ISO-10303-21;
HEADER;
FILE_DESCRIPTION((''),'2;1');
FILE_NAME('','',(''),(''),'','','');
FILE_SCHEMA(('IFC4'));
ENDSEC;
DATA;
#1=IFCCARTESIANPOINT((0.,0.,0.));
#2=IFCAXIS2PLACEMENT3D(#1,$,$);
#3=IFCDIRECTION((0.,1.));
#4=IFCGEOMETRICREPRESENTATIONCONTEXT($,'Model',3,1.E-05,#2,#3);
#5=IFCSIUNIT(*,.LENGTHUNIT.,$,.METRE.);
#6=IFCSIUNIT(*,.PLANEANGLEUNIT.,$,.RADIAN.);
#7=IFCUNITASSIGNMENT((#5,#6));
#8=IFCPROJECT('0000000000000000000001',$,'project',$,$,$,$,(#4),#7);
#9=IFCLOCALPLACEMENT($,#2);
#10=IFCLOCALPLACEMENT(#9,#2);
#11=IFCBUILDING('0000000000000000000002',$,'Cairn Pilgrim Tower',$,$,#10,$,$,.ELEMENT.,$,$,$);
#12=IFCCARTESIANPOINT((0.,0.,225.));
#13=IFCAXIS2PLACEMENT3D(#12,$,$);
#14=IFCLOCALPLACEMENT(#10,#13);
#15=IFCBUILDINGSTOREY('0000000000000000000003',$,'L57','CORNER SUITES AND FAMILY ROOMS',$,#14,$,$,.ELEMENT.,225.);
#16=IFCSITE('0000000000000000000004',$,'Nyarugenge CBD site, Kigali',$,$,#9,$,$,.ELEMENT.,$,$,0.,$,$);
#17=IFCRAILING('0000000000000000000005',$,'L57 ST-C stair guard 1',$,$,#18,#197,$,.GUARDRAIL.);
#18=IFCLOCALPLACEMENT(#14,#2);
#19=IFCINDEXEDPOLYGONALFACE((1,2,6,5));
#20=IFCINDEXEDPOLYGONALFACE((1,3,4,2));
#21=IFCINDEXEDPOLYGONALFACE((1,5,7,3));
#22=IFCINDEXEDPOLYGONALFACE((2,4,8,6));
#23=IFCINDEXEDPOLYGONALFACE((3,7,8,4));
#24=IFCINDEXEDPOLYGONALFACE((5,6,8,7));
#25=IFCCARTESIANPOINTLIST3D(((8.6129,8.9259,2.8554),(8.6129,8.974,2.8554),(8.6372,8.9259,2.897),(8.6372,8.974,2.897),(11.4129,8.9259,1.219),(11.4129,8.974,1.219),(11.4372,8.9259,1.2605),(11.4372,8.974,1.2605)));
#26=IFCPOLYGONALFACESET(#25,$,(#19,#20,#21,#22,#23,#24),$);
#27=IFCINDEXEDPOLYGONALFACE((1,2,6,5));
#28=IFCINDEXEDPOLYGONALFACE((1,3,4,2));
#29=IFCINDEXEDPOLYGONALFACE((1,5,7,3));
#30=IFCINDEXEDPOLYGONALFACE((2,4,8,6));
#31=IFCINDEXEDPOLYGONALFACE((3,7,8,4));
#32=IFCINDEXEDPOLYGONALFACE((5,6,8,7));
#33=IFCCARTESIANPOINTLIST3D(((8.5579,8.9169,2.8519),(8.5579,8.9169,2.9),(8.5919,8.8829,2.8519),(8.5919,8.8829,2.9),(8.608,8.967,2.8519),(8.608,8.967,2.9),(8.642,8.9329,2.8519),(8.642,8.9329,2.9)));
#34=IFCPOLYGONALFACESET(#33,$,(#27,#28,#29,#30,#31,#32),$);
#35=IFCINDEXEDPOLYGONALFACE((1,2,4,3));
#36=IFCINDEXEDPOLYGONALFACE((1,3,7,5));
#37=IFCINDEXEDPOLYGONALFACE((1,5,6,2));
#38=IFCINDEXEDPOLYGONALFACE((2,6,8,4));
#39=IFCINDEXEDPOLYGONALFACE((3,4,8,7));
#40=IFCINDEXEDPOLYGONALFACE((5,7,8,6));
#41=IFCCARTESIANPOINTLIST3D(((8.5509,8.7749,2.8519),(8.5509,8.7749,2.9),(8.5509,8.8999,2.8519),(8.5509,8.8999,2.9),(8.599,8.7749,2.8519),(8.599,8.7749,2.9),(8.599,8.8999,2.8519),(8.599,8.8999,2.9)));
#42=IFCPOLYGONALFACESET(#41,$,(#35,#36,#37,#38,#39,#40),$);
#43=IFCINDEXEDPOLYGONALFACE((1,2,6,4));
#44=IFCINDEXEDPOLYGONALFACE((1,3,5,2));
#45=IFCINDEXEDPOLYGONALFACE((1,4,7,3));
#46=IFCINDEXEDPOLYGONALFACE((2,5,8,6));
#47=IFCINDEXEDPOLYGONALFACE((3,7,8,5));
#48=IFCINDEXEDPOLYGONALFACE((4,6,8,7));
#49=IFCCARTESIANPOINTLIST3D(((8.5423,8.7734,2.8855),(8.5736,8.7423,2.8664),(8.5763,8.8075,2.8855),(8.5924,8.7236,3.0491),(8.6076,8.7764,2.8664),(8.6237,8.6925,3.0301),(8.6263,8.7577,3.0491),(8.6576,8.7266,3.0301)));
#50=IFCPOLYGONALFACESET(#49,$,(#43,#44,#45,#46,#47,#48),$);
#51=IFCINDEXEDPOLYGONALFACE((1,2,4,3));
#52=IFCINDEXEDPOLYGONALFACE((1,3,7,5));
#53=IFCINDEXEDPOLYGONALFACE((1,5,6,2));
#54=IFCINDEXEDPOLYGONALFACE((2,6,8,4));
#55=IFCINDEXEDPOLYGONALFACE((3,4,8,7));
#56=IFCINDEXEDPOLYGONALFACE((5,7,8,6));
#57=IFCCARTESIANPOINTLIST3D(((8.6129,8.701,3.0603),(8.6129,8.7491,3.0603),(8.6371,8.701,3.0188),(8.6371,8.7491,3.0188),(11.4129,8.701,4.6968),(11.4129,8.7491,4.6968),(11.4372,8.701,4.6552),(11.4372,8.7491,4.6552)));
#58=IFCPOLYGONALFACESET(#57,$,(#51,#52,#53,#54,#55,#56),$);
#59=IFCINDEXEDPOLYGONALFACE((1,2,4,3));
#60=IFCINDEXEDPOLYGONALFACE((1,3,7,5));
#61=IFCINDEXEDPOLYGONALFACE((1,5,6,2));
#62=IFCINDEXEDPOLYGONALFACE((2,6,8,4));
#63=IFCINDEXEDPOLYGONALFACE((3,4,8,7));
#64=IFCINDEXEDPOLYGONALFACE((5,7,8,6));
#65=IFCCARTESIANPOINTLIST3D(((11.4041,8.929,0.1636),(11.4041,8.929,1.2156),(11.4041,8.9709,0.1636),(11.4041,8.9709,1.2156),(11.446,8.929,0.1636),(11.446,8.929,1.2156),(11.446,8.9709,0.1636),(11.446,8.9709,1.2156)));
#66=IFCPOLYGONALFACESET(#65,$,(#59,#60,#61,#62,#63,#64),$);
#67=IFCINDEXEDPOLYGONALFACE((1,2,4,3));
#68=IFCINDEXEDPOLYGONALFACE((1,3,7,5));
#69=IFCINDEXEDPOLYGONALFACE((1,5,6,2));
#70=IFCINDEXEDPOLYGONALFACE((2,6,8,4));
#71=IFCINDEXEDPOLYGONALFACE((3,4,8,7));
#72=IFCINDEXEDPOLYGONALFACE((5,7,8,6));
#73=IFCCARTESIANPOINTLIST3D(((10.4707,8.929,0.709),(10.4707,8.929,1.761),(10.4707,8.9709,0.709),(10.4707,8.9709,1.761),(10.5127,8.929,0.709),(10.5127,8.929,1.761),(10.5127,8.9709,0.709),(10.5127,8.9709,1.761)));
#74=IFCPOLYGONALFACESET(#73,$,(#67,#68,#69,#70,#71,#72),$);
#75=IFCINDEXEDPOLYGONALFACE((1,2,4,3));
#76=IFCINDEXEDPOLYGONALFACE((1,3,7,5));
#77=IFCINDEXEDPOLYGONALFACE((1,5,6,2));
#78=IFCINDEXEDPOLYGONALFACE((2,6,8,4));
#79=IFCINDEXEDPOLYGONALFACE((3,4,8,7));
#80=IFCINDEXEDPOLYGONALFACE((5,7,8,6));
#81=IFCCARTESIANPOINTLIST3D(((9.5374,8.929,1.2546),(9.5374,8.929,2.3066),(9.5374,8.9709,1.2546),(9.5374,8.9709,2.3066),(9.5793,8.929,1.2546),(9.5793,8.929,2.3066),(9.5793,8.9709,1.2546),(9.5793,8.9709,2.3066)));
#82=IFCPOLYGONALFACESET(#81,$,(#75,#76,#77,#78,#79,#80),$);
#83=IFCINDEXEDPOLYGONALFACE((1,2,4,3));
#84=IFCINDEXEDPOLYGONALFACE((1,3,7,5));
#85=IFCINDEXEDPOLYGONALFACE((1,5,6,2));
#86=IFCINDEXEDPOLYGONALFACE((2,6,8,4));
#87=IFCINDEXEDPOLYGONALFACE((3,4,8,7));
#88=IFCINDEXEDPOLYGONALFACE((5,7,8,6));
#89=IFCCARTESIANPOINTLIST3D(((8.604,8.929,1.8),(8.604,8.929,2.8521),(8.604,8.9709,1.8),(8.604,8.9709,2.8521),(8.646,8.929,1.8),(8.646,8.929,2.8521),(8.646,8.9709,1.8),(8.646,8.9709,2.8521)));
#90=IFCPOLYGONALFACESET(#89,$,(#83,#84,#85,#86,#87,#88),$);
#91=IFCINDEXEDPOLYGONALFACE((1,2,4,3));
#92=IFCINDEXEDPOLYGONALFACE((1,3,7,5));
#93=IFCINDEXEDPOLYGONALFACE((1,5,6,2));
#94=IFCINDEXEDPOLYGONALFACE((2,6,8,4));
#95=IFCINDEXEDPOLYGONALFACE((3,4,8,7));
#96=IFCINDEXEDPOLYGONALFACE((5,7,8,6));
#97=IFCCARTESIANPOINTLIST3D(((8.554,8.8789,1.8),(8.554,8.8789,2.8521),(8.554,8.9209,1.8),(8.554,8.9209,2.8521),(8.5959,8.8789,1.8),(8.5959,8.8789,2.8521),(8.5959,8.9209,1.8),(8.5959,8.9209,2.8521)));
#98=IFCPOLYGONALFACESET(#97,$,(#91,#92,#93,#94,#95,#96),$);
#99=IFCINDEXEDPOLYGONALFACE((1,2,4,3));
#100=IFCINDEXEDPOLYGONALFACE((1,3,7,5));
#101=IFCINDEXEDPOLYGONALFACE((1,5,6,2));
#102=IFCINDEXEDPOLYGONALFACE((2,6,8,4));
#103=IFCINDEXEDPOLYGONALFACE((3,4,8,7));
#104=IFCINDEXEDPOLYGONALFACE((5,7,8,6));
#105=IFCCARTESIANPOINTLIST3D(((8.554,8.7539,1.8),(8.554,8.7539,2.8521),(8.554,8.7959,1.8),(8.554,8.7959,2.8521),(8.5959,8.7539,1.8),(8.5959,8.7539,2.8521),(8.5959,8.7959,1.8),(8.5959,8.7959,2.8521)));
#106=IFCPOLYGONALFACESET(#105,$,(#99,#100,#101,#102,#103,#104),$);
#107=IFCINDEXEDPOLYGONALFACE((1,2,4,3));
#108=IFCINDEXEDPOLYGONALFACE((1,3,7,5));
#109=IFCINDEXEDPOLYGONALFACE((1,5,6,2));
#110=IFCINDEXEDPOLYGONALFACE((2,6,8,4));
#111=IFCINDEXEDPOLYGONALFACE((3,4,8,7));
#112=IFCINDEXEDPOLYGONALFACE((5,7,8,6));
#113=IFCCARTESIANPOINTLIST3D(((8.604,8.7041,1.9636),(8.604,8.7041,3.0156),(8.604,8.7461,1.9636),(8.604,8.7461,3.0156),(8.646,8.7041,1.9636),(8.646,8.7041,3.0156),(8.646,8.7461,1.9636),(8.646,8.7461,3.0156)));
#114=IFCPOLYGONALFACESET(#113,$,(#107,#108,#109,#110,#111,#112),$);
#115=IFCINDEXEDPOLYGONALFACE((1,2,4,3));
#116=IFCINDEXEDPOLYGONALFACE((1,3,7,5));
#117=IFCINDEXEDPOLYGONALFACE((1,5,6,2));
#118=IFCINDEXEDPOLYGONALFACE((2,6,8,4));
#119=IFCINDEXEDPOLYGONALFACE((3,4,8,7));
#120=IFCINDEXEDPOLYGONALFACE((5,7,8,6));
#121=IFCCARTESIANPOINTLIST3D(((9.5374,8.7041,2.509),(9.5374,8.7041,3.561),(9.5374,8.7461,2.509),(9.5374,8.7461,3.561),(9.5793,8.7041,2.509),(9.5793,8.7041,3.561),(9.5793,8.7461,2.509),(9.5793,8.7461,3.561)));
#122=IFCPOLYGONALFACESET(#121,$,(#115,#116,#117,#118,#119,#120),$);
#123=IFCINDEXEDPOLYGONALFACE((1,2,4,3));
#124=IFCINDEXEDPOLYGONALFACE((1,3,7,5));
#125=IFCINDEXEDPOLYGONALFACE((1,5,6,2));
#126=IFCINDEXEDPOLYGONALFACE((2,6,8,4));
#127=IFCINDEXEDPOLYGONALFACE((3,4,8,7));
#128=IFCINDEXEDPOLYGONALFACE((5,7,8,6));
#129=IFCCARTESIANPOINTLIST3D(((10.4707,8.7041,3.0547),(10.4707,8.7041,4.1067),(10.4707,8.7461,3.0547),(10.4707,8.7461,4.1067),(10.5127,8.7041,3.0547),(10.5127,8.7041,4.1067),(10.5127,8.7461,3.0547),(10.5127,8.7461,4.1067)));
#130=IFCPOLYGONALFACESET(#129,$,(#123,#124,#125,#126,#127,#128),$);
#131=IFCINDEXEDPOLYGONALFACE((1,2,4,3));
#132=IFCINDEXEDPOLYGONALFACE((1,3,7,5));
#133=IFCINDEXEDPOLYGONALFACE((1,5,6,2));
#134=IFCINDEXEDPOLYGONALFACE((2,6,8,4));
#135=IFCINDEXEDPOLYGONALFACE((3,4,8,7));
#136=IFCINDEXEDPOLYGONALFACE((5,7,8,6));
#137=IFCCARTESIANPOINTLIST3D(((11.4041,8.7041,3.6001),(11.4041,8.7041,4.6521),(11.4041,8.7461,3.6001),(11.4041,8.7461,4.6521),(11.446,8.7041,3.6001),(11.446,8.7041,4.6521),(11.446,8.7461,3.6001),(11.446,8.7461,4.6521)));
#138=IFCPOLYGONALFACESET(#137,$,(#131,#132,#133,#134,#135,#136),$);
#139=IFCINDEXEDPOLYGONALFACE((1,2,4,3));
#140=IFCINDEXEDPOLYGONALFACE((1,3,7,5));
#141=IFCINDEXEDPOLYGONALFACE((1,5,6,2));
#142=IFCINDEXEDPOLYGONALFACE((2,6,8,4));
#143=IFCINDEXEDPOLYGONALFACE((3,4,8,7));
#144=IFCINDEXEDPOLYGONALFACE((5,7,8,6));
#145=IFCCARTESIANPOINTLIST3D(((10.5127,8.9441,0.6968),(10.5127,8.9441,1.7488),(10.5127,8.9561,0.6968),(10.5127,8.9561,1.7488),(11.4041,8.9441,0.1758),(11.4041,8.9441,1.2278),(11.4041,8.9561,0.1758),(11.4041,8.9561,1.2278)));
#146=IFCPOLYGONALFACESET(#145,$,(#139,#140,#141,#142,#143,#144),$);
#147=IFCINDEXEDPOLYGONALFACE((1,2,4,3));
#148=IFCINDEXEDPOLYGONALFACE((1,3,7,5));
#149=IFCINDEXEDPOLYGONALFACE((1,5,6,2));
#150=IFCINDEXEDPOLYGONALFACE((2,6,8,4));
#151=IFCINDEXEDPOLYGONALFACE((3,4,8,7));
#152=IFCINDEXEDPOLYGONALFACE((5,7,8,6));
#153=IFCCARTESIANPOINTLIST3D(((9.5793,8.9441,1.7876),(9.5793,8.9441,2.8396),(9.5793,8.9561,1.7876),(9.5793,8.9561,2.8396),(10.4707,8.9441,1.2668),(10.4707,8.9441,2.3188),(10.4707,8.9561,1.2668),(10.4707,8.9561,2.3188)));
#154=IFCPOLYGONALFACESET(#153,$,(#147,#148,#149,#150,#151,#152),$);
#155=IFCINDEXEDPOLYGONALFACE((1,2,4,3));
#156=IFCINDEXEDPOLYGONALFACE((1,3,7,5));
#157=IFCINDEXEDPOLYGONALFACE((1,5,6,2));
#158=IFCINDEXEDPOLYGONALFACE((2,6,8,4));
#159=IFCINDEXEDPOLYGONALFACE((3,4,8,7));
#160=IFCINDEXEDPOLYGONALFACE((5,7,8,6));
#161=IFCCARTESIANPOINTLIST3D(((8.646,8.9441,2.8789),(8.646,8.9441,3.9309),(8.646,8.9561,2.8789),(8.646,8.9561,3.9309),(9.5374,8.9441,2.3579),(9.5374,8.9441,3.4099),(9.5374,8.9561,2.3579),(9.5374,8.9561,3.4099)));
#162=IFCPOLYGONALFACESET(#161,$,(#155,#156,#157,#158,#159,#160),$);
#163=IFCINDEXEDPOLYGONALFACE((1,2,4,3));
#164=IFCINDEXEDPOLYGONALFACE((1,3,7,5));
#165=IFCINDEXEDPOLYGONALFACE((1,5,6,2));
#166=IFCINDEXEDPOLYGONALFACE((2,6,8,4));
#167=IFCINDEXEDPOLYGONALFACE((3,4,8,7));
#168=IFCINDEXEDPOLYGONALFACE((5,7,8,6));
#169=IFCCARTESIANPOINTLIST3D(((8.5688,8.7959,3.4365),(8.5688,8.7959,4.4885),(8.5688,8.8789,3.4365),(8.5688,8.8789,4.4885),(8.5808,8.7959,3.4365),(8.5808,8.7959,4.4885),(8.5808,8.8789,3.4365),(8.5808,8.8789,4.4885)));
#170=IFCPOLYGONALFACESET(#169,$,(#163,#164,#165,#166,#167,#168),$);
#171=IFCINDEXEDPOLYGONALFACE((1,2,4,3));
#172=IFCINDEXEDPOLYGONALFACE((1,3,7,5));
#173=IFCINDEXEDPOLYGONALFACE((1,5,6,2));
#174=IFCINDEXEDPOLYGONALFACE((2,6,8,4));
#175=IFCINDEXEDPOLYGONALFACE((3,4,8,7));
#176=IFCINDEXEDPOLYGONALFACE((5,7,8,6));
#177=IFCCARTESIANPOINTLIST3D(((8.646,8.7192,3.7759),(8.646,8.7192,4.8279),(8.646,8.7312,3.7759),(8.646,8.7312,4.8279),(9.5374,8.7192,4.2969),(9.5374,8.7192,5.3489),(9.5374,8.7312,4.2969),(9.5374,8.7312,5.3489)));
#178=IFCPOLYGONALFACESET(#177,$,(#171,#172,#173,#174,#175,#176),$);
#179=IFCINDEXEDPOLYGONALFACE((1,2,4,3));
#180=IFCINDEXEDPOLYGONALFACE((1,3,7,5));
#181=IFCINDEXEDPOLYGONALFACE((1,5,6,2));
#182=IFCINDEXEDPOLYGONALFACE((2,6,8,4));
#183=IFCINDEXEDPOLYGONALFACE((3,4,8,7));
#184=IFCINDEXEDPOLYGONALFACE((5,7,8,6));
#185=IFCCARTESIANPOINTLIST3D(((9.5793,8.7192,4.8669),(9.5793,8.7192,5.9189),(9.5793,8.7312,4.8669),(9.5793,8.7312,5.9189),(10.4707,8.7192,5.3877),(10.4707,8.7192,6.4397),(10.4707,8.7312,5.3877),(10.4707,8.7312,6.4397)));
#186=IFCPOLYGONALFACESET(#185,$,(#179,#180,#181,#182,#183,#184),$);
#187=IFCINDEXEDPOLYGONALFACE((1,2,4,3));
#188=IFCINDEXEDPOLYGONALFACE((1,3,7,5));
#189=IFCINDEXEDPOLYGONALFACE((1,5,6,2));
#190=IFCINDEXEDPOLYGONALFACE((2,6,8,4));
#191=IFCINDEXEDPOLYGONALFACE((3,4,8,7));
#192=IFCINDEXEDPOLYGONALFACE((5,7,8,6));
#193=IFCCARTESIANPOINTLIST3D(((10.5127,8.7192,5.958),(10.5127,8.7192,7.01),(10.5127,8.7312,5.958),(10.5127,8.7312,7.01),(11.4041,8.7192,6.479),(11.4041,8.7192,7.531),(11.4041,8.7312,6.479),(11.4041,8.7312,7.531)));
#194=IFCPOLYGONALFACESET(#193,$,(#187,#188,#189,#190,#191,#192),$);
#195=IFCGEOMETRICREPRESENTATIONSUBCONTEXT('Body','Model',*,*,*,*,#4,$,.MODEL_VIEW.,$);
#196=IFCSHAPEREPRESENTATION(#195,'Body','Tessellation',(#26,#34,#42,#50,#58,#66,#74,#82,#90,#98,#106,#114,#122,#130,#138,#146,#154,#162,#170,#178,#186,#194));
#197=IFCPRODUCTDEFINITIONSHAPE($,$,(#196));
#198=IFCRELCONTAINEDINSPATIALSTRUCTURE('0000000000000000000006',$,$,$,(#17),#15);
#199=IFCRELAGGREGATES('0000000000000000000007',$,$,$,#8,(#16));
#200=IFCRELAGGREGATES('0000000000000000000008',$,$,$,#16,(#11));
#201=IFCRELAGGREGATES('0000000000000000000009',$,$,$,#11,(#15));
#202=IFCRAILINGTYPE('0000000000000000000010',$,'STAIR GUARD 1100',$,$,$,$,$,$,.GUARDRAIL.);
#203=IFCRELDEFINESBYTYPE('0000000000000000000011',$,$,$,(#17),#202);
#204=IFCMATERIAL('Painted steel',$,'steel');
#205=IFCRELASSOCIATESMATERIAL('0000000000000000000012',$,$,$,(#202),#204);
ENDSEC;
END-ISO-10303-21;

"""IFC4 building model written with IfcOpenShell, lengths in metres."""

from ifc_helpers import new_model, si_unit, direction, frame, origin, origin_2d, place, context, subcontext, project, spatial, polyline, rectangle, outline, extrude, material, type_object, element, save


model = new_model("IFC4")

# Units and contexts
model_context = context("Model", 3, precision=1e-05, world=origin(), true_north=direction((0.0, 1.0)))
body_context = subcontext(model_context, "Body", "Model", "MODEL_VIEW")
ifc_project = project(units=[si_unit("LENGTHUNIT", "METRE"), si_unit("PLANEANGLEUNIT", "RADIAN")], contexts=[model_context])

# Site, building, storey
site_placement = place(None, origin())
site = spatial("IfcSite", under=ifc_project, at=site_placement, Name="Nyarugenge CBD site, Kigali", CompositionType="ELEMENT", RefElevation=0.0)
building_placement = place(site_placement, origin())
building = spatial("IfcBuilding", under=site, at=building_placement, Name="Cairn Pilgrim Tower", CompositionType="ELEMENT")
storey_placement = place(building_placement, frame((0.0, 0.0, 225.0)))
storey = spatial("IfcBuildingStorey", under=building, at=storey_placement, Name="L57", Description="CORNER SUITES AND FAMILY ROOMS", CompositionType="ELEMENT", Elevation=225.0)

# Railing
ifc_material_1 = material(Name="Painted steel", Category="steel")
railing_type_1 = type_object("IfcRailingType", Name="STAIR GUARD 1100", PredefinedType="GUARDRAIL", material=ifc_material_1)
railing_1_placement = place(storey_placement, frame((11.425, 8.95, 0.1636)))
element("IfcRailing", 1, at=railing_1_placement, inside=storey, type_object=railing_type_1, Name="L57 ST-C stair guard 1", PredefinedType="GUARDRAIL", context=body_context, shape_type="SweptSolid", body=[
    extrude(rectangle(XDim=0.0481, YDim=0.0481, at=origin_2d()), frame((0.0, 0.0, 1.0762), z_axis=(-0.863361, 0.0, 0.504587), x_axis=(0.0, -1.0, 0.0)), (0.0, 0.0, 1.0), 3.2432),
    extrude(rectangle(XDim=0.0481, YDim=0.0481, at=origin_2d()), frame((-2.8, 0.0, 2.7124), z_axis=(-0.707107, -0.707107, 0.0), x_axis=(0.707107, -0.707107, 0.0)), (0.0, 0.0, 1.0), 0.0708),
    extrude(rectangle(XDim=0.0481, YDim=0.0481, at=origin_2d()), frame((-2.8501, -0.05, 2.7124), z_axis=(0.0, -1.0, 0.0), x_axis=(1.0, 0.0, 0.0)), (0.0, 0.0, 1.0), 0.125),
    extrude(rectangle(XDim=0.0481, YDim=0.0481, at=origin_2d()), frame((-2.8501, -0.175, 2.7124), z_axis=(0.280917, -0.279546, 0.918118), x_axis=(0.705376, 0.708834, 0.0)), (0.0, 0.0, 1.0), 0.1782),
    extrude(rectangle(XDim=0.0481, YDim=0.0481, at=origin_2d()), frame((-2.8, -0.2249, 2.876), z_axis=(0.863361, 0.0, 0.504587), x_axis=(0.0, 1.0, 0.0)), (0.0, 0.0, 1.0), 3.2432),
    extrude(rectangle(XDim=0.042, YDim=0.042, at=origin_2d()), origin(), (0.0, 0.0, 1.0), 1.052),
    extrude(rectangle(XDim=0.042, YDim=0.042, at=origin_2d()), frame((-0.9333, 0.0, 0.5454)), (0.0, 0.0, 1.0), 1.052),
    extrude(rectangle(XDim=0.042, YDim=0.042, at=origin_2d()), frame((-1.8667, 0.0, 1.0911)), (0.0, 0.0, 1.0), 1.052),
    extrude(rectangle(XDim=0.042, YDim=0.042, at=origin_2d()), frame((-2.8, 0.0, 1.6365)), (0.0, 0.0, 1.0), 1.052),
    extrude(rectangle(XDim=0.042, YDim=0.042, at=origin_2d()), frame((-2.8501, -0.05, 1.6365)), (0.0, 0.0, 1.0), 1.052),
    extrude(rectangle(XDim=0.042, YDim=0.042, at=origin_2d()), frame((-2.8501, -0.175, 1.6365)), (0.0, 0.0, 1.0), 1.052),
    extrude(rectangle(XDim=0.042, YDim=0.042, at=origin_2d()), frame((-2.8, -0.2249, 1.8)), (0.0, 0.0, 1.0), 1.052),
    extrude(rectangle(XDim=0.042, YDim=0.042, at=origin_2d()), frame((-1.8667, -0.2249, 2.3455)), (0.0, 0.0, 1.0), 1.052),
    extrude(rectangle(XDim=0.042, YDim=0.042, at=origin_2d()), frame((-0.9333, -0.2249, 2.8911)), (0.0, 0.0, 1.0), 1.052),
    extrude(rectangle(XDim=0.042, YDim=0.042, at=origin_2d()), frame((0.0, -0.2249, 3.4365)), (0.0, 0.0, 1.0), 1.052),
    extrude(outline(polyline([(0.021, 0.0122), (0.9124, 0.5332), (0.9124, 1.5852), (0.021, 1.0642), (0.021, 0.0122)])), frame((0.0, -0.0059, 0.0), z_axis=(0.0, 1.0, 0.0), x_axis=(-1.0, 0.0, 0.0)), (0.0, 0.0, 1.0), 0.012),
    extrude(outline(polyline([(0.021, 0.5579), (0.9124, 1.0786), (0.9124, 2.1306), (0.021, 1.6099), (0.021, 0.5579)])), frame((-0.9333, -0.0059, 0.5454), z_axis=(0.0, 1.0, 0.0), x_axis=(-1.0, 0.0, 0.0)), (0.0, 0.0, 1.0), 0.012),
    extrude(outline(polyline([(0.021, 1.1033), (0.9124, 1.6243), (0.9124, 2.6763), (0.021, 2.1553), (0.021, 1.1033)])), frame((-1.8667, -0.0059, 1.0911), z_axis=(0.0, 1.0, 0.0), x_axis=(-1.0, 0.0, 0.0)), (0.0, 0.0, 1.0), 0.012),
    extrude(outline(polyline([(0.021, 1.6365), (0.104, 1.6365), (0.104, 2.6885), (0.021, 2.6885), (0.021, 1.6365)])), frame((-2.8442, -0.05, 1.6365), z_axis=(-1.0, 0.0, 0.0), x_axis=(0.0, -1.0, 0.0)), (0.0, 0.0, 1.0), 0.012),
    extrude(outline(polyline([(0.021, 1.8123), (0.9124, 2.3333), (0.9124, 3.3853), (0.021, 2.8643), (0.021, 1.8123)])), frame((-2.8, -0.2188, 1.8), z_axis=(0.0, -1.0, 0.0), x_axis=(1.0, 0.0, 0.0)), (0.0, 0.0, 1.0), 0.012),
    extrude(outline(polyline([(0.021, 2.3579), (0.9124, 2.8787), (0.9124, 3.9307), (0.021, 3.4099), (0.021, 2.3579)])), frame((-1.8667, -0.2188, 2.3455), z_axis=(0.0, -1.0, 0.0), x_axis=(1.0, 0.0, 0.0)), (0.0, 0.0, 1.0), 0.012),
    extrude(outline(polyline([(0.021, 2.9033), (0.9124, 3.4243), (0.9124, 4.4763), (0.021, 3.9553), (0.021, 2.9033)])), frame((-0.9333, -0.2188, 2.8911), z_axis=(0.0, -1.0, 0.0), x_axis=(1.0, 0.0, 0.0)), (0.0, 0.0, 1.0), 0.012),
])

save(model, "model.ifc")
